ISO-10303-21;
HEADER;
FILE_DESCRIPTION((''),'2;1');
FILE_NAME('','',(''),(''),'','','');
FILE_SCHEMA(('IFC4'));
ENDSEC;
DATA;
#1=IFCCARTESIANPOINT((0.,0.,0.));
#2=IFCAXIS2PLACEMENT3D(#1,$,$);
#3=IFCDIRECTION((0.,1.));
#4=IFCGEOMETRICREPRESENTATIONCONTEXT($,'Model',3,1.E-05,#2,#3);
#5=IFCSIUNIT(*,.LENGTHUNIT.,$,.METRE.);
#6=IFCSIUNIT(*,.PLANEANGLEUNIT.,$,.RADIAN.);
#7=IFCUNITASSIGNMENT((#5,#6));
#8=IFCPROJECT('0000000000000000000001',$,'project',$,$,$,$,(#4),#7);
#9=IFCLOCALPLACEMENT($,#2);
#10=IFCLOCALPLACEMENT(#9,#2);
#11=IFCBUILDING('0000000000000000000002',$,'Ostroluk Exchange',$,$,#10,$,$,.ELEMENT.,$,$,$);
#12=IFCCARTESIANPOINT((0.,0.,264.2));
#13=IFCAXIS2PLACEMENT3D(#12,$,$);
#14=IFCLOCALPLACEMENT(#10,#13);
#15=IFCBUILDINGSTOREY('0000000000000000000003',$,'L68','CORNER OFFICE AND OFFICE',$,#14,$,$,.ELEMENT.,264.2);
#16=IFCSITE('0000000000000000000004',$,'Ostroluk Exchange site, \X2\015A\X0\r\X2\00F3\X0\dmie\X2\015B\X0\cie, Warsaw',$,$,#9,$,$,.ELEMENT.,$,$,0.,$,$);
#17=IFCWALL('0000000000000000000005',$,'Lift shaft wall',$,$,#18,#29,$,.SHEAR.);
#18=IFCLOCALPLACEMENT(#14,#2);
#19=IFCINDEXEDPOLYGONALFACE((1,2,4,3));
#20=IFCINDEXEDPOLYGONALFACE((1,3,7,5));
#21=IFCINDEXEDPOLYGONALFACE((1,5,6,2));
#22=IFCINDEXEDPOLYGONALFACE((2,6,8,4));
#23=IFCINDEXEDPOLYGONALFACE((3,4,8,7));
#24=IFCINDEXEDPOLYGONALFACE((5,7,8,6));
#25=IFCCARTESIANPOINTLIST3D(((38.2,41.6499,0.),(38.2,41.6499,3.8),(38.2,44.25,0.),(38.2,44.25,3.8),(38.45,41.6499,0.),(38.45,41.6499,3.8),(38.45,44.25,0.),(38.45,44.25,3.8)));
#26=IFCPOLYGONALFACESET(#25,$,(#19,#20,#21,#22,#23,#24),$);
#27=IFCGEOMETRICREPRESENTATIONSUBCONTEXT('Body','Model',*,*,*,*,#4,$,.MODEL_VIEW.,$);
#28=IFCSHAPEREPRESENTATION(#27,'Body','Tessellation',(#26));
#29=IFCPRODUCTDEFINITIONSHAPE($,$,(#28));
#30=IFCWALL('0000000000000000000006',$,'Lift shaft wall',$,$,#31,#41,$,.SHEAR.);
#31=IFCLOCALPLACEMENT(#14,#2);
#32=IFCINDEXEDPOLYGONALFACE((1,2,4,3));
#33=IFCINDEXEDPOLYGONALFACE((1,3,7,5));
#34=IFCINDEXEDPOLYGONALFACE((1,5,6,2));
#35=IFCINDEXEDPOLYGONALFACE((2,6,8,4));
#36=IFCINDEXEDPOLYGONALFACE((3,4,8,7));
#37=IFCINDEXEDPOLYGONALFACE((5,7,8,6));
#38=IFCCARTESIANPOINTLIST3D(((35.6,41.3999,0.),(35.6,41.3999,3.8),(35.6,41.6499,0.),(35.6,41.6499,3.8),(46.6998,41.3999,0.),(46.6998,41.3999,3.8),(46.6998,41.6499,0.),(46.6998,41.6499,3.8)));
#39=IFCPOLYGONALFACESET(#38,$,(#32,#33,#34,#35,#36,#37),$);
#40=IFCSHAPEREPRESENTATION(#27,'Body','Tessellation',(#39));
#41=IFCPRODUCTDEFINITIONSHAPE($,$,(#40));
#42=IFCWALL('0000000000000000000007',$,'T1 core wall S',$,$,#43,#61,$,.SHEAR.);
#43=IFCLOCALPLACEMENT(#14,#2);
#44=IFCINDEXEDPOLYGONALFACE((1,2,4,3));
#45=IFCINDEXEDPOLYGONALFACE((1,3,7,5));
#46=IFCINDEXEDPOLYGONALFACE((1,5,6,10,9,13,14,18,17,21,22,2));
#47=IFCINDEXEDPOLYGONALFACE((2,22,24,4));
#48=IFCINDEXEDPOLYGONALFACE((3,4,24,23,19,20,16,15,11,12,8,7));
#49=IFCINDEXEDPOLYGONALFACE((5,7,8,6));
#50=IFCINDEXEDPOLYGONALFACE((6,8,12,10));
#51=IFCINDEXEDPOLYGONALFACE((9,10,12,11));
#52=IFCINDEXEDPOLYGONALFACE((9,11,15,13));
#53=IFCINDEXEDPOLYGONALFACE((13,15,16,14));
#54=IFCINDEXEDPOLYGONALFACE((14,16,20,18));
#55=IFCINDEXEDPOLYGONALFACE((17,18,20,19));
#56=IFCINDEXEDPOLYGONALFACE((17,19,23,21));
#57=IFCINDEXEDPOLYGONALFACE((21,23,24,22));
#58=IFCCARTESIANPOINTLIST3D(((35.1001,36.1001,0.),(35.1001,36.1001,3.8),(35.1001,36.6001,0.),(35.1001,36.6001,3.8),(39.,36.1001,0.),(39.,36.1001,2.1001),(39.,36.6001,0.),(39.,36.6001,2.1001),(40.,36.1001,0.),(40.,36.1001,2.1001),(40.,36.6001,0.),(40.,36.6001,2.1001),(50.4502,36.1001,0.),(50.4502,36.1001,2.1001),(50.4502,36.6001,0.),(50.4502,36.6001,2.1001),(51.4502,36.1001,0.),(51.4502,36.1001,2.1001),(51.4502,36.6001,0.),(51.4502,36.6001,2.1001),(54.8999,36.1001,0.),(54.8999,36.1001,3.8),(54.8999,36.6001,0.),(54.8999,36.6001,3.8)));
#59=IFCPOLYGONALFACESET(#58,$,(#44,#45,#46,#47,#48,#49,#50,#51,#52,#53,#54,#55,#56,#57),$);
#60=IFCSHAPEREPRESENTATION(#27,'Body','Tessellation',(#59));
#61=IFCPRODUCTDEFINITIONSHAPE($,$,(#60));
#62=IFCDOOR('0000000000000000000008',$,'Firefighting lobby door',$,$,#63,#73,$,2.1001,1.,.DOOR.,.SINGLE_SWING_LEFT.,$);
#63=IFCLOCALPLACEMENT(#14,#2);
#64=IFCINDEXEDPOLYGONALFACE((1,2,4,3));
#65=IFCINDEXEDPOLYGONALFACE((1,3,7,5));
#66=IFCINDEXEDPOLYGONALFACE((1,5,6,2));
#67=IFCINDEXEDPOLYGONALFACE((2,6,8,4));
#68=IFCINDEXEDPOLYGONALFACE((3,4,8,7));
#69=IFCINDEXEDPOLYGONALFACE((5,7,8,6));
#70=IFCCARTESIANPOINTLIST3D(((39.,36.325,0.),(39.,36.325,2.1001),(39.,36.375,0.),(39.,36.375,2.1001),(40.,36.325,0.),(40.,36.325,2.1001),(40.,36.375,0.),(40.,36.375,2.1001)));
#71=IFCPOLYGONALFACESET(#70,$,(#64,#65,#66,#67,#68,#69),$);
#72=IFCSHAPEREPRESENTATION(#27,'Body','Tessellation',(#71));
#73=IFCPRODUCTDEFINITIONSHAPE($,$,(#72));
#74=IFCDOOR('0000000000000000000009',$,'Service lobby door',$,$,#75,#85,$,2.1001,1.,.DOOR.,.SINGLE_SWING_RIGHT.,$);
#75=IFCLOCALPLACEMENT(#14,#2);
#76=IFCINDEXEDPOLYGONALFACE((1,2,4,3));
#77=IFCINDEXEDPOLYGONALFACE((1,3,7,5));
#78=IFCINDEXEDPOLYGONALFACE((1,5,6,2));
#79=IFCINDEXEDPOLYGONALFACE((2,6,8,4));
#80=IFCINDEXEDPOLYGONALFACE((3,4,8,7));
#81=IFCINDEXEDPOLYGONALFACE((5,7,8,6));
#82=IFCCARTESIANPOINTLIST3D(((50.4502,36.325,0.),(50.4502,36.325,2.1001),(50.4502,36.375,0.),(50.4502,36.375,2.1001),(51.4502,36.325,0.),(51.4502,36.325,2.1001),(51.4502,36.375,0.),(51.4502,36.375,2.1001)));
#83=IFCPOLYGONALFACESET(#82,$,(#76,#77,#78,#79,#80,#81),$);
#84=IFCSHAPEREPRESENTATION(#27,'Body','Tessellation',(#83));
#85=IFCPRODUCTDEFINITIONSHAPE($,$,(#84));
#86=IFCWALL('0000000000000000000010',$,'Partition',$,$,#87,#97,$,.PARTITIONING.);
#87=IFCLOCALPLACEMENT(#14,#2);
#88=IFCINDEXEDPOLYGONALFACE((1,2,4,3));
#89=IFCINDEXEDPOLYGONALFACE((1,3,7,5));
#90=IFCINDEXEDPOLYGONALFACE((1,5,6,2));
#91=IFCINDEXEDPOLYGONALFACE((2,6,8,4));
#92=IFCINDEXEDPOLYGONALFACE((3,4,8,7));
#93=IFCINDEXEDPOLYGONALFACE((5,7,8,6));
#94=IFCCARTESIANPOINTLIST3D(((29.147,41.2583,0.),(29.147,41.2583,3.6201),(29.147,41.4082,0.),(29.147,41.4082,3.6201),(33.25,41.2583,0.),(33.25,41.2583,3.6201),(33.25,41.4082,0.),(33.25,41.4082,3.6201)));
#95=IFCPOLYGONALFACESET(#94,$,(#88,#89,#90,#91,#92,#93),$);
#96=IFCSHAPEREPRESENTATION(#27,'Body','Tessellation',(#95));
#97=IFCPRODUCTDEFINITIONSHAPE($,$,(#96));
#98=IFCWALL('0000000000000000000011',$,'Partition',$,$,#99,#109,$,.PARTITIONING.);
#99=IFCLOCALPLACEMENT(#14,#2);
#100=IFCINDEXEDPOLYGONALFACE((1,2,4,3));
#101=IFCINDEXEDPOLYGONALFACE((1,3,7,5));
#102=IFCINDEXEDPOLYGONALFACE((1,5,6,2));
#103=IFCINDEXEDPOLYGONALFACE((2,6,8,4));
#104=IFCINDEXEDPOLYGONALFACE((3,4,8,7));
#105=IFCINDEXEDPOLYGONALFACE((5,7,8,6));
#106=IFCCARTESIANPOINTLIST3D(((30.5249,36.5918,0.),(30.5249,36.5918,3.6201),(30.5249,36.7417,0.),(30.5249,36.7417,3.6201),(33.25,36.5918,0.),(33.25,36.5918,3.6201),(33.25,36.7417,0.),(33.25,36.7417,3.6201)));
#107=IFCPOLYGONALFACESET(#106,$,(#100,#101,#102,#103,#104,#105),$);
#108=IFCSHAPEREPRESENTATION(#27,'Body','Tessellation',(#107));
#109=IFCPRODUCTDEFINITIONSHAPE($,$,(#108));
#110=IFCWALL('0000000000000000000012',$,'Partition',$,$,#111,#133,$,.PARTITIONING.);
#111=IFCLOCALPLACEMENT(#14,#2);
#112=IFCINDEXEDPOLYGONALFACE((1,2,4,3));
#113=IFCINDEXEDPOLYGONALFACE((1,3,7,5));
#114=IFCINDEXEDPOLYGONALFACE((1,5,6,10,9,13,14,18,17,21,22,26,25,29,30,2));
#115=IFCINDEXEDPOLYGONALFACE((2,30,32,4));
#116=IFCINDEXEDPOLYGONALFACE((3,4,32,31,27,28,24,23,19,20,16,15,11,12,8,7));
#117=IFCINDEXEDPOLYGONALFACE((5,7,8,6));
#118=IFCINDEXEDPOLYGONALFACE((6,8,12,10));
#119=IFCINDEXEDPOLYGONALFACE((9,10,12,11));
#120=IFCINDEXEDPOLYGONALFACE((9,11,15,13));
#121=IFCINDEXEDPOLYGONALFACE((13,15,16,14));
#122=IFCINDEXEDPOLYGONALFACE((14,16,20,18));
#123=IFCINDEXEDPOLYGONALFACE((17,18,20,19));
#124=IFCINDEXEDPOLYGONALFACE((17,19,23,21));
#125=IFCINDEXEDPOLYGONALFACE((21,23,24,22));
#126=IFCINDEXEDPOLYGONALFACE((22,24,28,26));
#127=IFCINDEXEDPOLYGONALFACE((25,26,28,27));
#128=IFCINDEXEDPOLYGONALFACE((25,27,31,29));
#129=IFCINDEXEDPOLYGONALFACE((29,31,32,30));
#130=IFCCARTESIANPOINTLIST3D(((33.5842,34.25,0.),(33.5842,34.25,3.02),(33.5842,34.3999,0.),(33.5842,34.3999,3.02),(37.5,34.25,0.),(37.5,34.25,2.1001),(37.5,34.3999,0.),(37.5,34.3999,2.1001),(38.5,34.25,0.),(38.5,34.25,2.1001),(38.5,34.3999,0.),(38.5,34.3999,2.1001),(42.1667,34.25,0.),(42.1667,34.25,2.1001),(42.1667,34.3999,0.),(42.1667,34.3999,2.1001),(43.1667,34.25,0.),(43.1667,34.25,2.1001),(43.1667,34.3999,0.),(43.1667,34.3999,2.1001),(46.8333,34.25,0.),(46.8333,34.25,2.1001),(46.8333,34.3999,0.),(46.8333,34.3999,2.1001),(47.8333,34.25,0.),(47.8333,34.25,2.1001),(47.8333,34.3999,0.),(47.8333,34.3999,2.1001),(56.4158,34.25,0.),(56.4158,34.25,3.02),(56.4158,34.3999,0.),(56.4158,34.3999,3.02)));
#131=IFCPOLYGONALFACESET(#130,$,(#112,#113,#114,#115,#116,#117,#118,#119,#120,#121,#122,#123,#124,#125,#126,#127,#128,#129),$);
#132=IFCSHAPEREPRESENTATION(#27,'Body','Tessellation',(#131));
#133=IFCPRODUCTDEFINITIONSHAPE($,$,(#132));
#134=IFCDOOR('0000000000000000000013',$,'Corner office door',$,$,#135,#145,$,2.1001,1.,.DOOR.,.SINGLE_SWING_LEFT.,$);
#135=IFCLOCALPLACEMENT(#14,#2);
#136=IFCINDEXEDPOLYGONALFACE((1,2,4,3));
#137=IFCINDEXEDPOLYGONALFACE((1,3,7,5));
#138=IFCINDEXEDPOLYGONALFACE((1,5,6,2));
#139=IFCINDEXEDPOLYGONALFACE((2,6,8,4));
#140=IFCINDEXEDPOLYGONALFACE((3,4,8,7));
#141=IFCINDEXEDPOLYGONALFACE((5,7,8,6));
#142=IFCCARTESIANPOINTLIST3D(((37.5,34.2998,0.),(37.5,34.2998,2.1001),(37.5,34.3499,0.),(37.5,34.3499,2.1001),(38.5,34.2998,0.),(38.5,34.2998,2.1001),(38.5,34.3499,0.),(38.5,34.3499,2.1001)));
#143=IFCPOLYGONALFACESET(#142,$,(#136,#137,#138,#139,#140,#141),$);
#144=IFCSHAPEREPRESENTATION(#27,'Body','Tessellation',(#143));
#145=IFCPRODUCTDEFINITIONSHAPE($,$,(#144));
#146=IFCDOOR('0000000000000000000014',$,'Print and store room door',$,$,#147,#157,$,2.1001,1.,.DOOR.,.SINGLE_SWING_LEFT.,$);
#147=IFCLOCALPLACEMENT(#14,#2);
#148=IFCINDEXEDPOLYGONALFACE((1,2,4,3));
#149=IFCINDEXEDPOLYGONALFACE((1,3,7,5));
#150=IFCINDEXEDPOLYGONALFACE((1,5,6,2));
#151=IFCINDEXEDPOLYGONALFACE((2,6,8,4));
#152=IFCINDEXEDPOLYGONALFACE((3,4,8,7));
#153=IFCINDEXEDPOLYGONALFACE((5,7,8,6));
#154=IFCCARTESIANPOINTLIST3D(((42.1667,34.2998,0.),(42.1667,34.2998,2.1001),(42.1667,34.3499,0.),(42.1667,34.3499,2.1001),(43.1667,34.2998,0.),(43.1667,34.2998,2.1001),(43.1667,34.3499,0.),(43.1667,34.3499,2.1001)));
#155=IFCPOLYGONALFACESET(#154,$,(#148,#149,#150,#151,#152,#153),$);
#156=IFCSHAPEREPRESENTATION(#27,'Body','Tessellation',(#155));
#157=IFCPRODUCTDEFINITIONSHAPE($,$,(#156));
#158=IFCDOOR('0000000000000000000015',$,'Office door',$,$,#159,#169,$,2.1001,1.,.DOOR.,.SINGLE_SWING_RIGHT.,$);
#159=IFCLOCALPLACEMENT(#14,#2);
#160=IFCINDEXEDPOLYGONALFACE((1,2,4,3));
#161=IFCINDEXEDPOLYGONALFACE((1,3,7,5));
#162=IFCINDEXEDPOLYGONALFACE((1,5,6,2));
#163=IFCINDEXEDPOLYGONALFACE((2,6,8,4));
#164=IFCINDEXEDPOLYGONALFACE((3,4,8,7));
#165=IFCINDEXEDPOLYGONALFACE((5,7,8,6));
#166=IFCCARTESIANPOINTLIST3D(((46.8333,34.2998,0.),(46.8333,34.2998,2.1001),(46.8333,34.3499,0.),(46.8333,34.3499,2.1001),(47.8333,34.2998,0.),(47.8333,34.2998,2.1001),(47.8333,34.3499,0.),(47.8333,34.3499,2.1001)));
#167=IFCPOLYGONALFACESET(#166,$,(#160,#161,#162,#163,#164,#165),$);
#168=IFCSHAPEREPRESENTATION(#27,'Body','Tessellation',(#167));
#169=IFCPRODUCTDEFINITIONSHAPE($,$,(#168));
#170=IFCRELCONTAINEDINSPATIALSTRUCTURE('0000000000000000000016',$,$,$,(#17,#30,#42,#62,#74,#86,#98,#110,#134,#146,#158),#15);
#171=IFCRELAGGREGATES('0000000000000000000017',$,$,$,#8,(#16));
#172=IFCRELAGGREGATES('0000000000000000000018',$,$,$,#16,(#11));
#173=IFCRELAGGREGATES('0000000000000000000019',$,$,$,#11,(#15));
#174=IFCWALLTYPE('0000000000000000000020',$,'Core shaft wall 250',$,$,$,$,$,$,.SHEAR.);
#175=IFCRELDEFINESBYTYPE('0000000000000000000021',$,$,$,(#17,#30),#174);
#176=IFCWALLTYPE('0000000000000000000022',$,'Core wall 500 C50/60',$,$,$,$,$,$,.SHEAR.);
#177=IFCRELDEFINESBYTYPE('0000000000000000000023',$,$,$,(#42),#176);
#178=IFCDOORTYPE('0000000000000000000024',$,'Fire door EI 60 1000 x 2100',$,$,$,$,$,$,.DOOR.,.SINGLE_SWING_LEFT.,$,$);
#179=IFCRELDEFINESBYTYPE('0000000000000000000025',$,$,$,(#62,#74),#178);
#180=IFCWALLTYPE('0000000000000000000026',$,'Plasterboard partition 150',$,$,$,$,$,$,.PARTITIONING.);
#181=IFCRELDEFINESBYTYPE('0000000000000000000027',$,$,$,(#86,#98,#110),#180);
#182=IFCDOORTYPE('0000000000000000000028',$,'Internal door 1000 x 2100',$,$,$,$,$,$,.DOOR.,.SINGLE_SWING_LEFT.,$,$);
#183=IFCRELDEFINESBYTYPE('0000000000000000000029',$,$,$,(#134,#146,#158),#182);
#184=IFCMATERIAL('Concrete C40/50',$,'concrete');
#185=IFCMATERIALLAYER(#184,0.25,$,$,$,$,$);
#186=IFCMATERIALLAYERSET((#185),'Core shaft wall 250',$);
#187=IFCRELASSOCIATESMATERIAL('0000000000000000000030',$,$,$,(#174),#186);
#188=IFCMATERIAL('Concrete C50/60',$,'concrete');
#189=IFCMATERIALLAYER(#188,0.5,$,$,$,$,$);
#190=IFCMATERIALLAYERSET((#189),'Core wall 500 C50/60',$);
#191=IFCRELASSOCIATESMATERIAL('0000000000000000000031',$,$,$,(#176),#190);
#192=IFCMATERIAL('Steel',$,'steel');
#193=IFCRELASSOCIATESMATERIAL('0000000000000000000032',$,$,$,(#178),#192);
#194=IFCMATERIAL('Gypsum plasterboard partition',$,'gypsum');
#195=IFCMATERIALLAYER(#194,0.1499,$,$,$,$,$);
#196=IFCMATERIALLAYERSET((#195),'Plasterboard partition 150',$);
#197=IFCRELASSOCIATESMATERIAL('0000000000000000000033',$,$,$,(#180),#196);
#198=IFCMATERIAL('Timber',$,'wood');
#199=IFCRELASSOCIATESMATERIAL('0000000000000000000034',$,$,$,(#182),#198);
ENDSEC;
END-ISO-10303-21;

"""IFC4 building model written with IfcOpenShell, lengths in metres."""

from ifc_helpers import new_model, si_unit, direction, frame, frame_2d, origin, place, context, subcontext, project, spatial, rectangle, extrude, material, layer, layer_set, type_object, element, fill, save


model = new_model("IFC4")

# Units and contexts
model_context = context("Model", 3, precision=1e-05, world=origin(), true_north=direction((0.0, 1.0)))
body_context = subcontext(model_context, "Body", "Model", "MODEL_VIEW")
ifc_project = project(units=[si_unit("LENGTHUNIT", "METRE"), si_unit("PLANEANGLEUNIT", "RADIAN")], contexts=[model_context])

# Site, building, storey
site_placement = place(None, origin())
site = spatial("IfcSite", under=ifc_project, at=site_placement, Name="Ostroluk Exchange site, Śródmieście, Warsaw", CompositionType="ELEMENT", RefElevation=0.0)
building_placement = place(site_placement, origin())
building = spatial("IfcBuilding", under=site, at=building_placement, Name="Ostroluk Exchange", CompositionType="ELEMENT")
storey_placement = place(building_placement, frame((0.0, 0.0, 264.2)))
storey = spatial("IfcBuildingStorey", under=building, at=storey_placement, Name="L68", Description="CORNER OFFICE AND OFFICE", CompositionType="ELEMENT", Elevation=264.2)

# Shared definitions
ifc_material_1 = material(Name="Concrete C40/50", Category="concrete")
ifc_layer_1 = layer(ifc_material_1, 0.25)
ifc_layer_set_1 = layer_set([ifc_layer_1], Name="Core shaft wall 250")
wall_type_1 = type_object("IfcWallType", Name="Core shaft wall 250", PredefinedType="SHEAR", material=ifc_layer_set_1)

# Walls
wall_1_placement = place(storey_placement, frame((38.325, 44.25, 0.0), z_axis=(0.0, 0.0, 1.0), x_axis=(0.0, -1.0, 0.0)))
element("IfcWall", 1, at=wall_1_placement, inside=storey, type_object=wall_type_1, Name="Lift shaft wall", PredefinedType="SHEAR", context=body_context, shape_type="SweptSolid", body=[
    extrude(rectangle(XDim=2.6001, YDim=0.25, at=frame_2d((1.3, 0.0))), origin(), (0.0, 0.0, 1.0), 3.8),
])
wall_2_placement = place(storey_placement, frame((35.6001, 41.5249, 0.0), z_axis=(0.0, 0.0, 1.0), x_axis=(1.0, 0.0, 0.0)))
element("IfcWall", 2, at=wall_2_placement, inside=storey, type_object=wall_type_1, Name="Lift shaft wall", PredefinedType="SHEAR", context=body_context, shape_type="SweptSolid", body=[
    extrude(rectangle(XDim=11.0999, YDim=0.25, at=frame_2d((5.5498, 0.0))), origin(), (0.0, 0.0, 1.0), 3.8),
])

# Wall, openings, doors
ifc_material_2 = material(Name="Concrete C50/60", Category="concrete")
ifc_layer_2 = layer(ifc_material_2, 0.5)
ifc_layer_set_2 = layer_set([ifc_layer_2], Name="Core wall 500 C50/60")
wall_type_2 = type_object("IfcWallType", Name="Core wall 500 C50/60", PredefinedType="SHEAR", material=ifc_layer_set_2)
wall_3_placement = place(storey_placement, frame((35.1001, 36.3501, 0.0), z_axis=(0.0, 0.0, 1.0), x_axis=(1.0, 0.0, 0.0)))
wall_3 = element("IfcWall", 3, at=wall_3_placement, inside=storey, type_object=wall_type_2, Name="T1 core wall S", PredefinedType="SHEAR", context=body_context, shape_type="SweptSolid", body=[
    extrude(rectangle(XDim=19.7998, YDim=0.5, at=frame_2d((9.8999, 0.0))), origin(), (0.0, 0.0, 1.0), 3.8),
])
opening_1_placement = place(wall_3_placement, frame((3.8999, 0.0, 0.0)))
opening_1 = element("IfcOpeningElement", 4, at=opening_1_placement, cuts=wall_3, PredefinedType="OPENING", context=body_context, shape_type="SweptSolid", body=[
    extrude(rectangle(XDim=1.0, YDim=2.1001, at=frame_2d((0.5, 1.05))), frame((0.0, 0.26, 0.0), z_axis=(0.0, -1.0, 0.0), x_axis=(1.0, 0.0, 0.0)), (0.0, 0.0, 1.0), 0.52),
])
opening_2_placement = place(wall_3_placement, frame((15.3501, 0.0, 0.0)))
opening_2 = element("IfcOpeningElement", 5, at=opening_2_placement, cuts=wall_3, PredefinedType="OPENING", context=body_context, shape_type="SweptSolid", body=[
    extrude(rectangle(XDim=1.0, YDim=2.1001, at=frame_2d((0.5, 1.05))), frame((0.0, 0.26, 0.0), z_axis=(0.0, -1.0, 0.0), x_axis=(1.0, 0.0, 0.0)), (0.0, 0.0, 1.0), 0.52),
])
ifc_material_3 = material(Name="Steel", Category="steel")
door_type_1 = type_object("IfcDoorType", Name="Fire door EI 60 1000 x 2100", OperationType="SINGLE_SWING_LEFT", PredefinedType="DOOR", material=ifc_material_3)
door_1_placement = place(opening_1_placement, origin())
door_1 = element("IfcDoor", 6, at=door_1_placement, inside=storey, type_object=door_type_1, Name="Firefighting lobby door", OperationType="SINGLE_SWING_LEFT", OverallHeight=2.1001, OverallWidth=1.0, PredefinedType="DOOR", context=body_context, shape_type="SweptSolid", body=[
    extrude(rectangle(XDim=1.0, YDim=2.1001, at=frame_2d((0.5, 1.05))), frame((0.0, 0.0249, 0.0), z_axis=(0.0, -1.0, 0.0), x_axis=(1.0, 0.0, 0.0)), (0.0, 0.0, 1.0), 0.05),
])
fill(opening_1, door_1)
door_2_placement = place(opening_2_placement, origin())
door_2 = element("IfcDoor", 7, at=door_2_placement, inside=storey, type_object=door_type_1, Name="Service lobby door", OperationType="SINGLE_SWING_RIGHT", OverallHeight=2.1001, OverallWidth=1.0, PredefinedType="DOOR", context=body_context, shape_type="SweptSolid", body=[
    extrude(rectangle(XDim=1.0, YDim=2.1001, at=frame_2d((0.5, 1.05))), frame((0.0, 0.0249, 0.0), z_axis=(0.0, -1.0, 0.0), x_axis=(1.0, 0.0, 0.0)), (0.0, 0.0, 1.0), 0.05),
])
fill(opening_2, door_2)

# Walls
ifc_material_4 = material(Name="Gypsum plasterboard partition", Category="gypsum")
ifc_layer_3 = layer(ifc_material_4, 0.1499)
ifc_layer_set_3 = layer_set([ifc_layer_3], Name="Plasterboard partition 150")
wall_type_3 = type_object("IfcWallType", Name="Plasterboard partition 150", PredefinedType="PARTITIONING", material=ifc_layer_set_3)
wall_4_placement = place(storey_placement, frame((33.25, 41.3333, 0.0), z_axis=(0.0, 0.0, 1.0), x_axis=(-1.0, 0.0, 0.0)))
element("IfcWall", 8, at=wall_4_placement, inside=storey, type_object=wall_type_3, Name="Partition", PredefinedType="PARTITIONING", context=body_context, shape_type="SweptSolid", body=[
    extrude(rectangle(XDim=4.103, YDim=0.1499, at=frame_2d((2.0515, 0.0))), origin(), (0.0, 0.0, 1.0), 3.6201),
])
wall_5_placement = place(storey_placement, frame((33.25, 36.6667, 0.0), z_axis=(0.0, 0.0, 1.0), x_axis=(-1.0, 0.0, 0.0)))
element("IfcWall", 9, at=wall_5_placement, inside=storey, type_object=wall_type_3, Name="Partition", PredefinedType="PARTITIONING", context=body_context, shape_type="SweptSolid", body=[
    extrude(rectangle(XDim=2.7251, YDim=0.1499, at=frame_2d((1.3625, 0.0))), origin(), (0.0, 0.0, 1.0), 3.6201),
])

# Wall, openings, doors
wall_6_placement = place(storey_placement, frame((33.5842, 34.325, 0.0), z_axis=(0.0, 0.0, 1.0), x_axis=(1.0, 0.0, 0.0)))
wall_6 = element("IfcWall", 10, at=wall_6_placement, inside=storey, type_object=wall_type_3, Name="Partition", PredefinedType="PARTITIONING", context=body_context, shape_type="SweptSolid", body=[
    extrude(rectangle(XDim=22.8315, YDim=0.1499, at=frame_2d((11.4158, 0.0))), origin(), (0.0, 0.0, 1.0), 3.02),
])
opening_3_placement = place(wall_6_placement, frame((3.9158, 0.0, 0.0)))
opening_3 = element("IfcOpeningElement", 11, at=opening_3_placement, cuts=wall_6, PredefinedType="OPENING", context=body_context, shape_type="SweptSolid", body=[
    extrude(rectangle(XDim=1.0, YDim=2.1001, at=frame_2d((0.5, 1.05))), frame((0.0, 0.085, 0.0), z_axis=(0.0, -1.0, 0.0), x_axis=(1.0, 0.0, 0.0)), (0.0, 0.0, 1.0), 0.1699),
])
opening_4_placement = place(wall_6_placement, frame((8.5825, 0.0, 0.0)))
opening_4 = element("IfcOpeningElement", 12, at=opening_4_placement, cuts=wall_6, PredefinedType="OPENING", context=body_context, shape_type="SweptSolid", body=[
    extrude(rectangle(XDim=1.0, YDim=2.1001, at=frame_2d((0.5, 1.05))), frame((0.0, 0.085, 0.0), z_axis=(0.0, -1.0, 0.0), x_axis=(1.0, 0.0, 0.0)), (0.0, 0.0, 1.0), 0.1699),
])
opening_5_placement = place(wall_6_placement, frame((13.249, 0.0, 0.0)))
opening_5 = element("IfcOpeningElement", 13, at=opening_5_placement, cuts=wall_6, PredefinedType="OPENING", context=body_context, shape_type="SweptSolid", body=[
    extrude(rectangle(XDim=1.0, YDim=2.1001, at=frame_2d((0.5, 1.05))), frame((0.0, 0.085, 0.0), z_axis=(0.0, -1.0, 0.0), x_axis=(1.0, 0.0, 0.0)), (0.0, 0.0, 1.0), 0.1699),
])
ifc_material_5 = material(Name="Timber", Category="wood")
door_type_2 = type_object("IfcDoorType", Name="Internal door 1000 x 2100", OperationType="SINGLE_SWING_LEFT", PredefinedType="DOOR", material=ifc_material_5)
door_3_placement = place(opening_3_placement, origin())
door_3 = element("IfcDoor", 14, at=door_3_placement, inside=storey, type_object=door_type_2, Name="Corner office door", OperationType="SINGLE_SWING_LEFT", OverallHeight=2.1001, OverallWidth=1.0, PredefinedType="DOOR", context=body_context, shape_type="SweptSolid", body=[
    extrude(rectangle(XDim=1.0, YDim=2.1001, at=frame_2d((0.5, 1.05))), frame((0.0, 0.0249, 0.0), z_axis=(0.0, -1.0, 0.0), x_axis=(1.0, 0.0, 0.0)), (0.0, 0.0, 1.0), 0.05),
])
fill(opening_3, door_3)
door_4_placement = place(opening_4_placement, origin())
door_4 = element("IfcDoor", 15, at=door_4_placement, inside=storey, type_object=door_type_2, Name="Print and store room door", OperationType="SINGLE_SWING_LEFT", OverallHeight=2.1001, OverallWidth=1.0, PredefinedType="DOOR", context=body_context, shape_type="SweptSolid", body=[
    extrude(rectangle(XDim=1.0, YDim=2.1001, at=frame_2d((0.5, 1.05))), frame((0.0, 0.0249, 0.0), z_axis=(0.0, -1.0, 0.0), x_axis=(1.0, 0.0, 0.0)), (0.0, 0.0, 1.0), 0.05),
])
fill(opening_4, door_4)
door_5_placement = place(opening_5_placement, origin())
door_5 = element("IfcDoor", 16, at=door_5_placement, inside=storey, type_object=door_type_2, Name="Office door", OperationType="SINGLE_SWING_RIGHT", OverallHeight=2.1001, OverallWidth=1.0, PredefinedType="DOOR", context=body_context, shape_type="SweptSolid", body=[
    extrude(rectangle(XDim=1.0, YDim=2.1001, at=frame_2d((0.5, 1.05))), frame((0.0, 0.0249, 0.0), z_axis=(0.0, -1.0, 0.0), x_axis=(1.0, 0.0, 0.0)), (0.0, 0.0, 1.0), 0.05),
])
fill(opening_5, door_5)

save(model, "model.ifc")
